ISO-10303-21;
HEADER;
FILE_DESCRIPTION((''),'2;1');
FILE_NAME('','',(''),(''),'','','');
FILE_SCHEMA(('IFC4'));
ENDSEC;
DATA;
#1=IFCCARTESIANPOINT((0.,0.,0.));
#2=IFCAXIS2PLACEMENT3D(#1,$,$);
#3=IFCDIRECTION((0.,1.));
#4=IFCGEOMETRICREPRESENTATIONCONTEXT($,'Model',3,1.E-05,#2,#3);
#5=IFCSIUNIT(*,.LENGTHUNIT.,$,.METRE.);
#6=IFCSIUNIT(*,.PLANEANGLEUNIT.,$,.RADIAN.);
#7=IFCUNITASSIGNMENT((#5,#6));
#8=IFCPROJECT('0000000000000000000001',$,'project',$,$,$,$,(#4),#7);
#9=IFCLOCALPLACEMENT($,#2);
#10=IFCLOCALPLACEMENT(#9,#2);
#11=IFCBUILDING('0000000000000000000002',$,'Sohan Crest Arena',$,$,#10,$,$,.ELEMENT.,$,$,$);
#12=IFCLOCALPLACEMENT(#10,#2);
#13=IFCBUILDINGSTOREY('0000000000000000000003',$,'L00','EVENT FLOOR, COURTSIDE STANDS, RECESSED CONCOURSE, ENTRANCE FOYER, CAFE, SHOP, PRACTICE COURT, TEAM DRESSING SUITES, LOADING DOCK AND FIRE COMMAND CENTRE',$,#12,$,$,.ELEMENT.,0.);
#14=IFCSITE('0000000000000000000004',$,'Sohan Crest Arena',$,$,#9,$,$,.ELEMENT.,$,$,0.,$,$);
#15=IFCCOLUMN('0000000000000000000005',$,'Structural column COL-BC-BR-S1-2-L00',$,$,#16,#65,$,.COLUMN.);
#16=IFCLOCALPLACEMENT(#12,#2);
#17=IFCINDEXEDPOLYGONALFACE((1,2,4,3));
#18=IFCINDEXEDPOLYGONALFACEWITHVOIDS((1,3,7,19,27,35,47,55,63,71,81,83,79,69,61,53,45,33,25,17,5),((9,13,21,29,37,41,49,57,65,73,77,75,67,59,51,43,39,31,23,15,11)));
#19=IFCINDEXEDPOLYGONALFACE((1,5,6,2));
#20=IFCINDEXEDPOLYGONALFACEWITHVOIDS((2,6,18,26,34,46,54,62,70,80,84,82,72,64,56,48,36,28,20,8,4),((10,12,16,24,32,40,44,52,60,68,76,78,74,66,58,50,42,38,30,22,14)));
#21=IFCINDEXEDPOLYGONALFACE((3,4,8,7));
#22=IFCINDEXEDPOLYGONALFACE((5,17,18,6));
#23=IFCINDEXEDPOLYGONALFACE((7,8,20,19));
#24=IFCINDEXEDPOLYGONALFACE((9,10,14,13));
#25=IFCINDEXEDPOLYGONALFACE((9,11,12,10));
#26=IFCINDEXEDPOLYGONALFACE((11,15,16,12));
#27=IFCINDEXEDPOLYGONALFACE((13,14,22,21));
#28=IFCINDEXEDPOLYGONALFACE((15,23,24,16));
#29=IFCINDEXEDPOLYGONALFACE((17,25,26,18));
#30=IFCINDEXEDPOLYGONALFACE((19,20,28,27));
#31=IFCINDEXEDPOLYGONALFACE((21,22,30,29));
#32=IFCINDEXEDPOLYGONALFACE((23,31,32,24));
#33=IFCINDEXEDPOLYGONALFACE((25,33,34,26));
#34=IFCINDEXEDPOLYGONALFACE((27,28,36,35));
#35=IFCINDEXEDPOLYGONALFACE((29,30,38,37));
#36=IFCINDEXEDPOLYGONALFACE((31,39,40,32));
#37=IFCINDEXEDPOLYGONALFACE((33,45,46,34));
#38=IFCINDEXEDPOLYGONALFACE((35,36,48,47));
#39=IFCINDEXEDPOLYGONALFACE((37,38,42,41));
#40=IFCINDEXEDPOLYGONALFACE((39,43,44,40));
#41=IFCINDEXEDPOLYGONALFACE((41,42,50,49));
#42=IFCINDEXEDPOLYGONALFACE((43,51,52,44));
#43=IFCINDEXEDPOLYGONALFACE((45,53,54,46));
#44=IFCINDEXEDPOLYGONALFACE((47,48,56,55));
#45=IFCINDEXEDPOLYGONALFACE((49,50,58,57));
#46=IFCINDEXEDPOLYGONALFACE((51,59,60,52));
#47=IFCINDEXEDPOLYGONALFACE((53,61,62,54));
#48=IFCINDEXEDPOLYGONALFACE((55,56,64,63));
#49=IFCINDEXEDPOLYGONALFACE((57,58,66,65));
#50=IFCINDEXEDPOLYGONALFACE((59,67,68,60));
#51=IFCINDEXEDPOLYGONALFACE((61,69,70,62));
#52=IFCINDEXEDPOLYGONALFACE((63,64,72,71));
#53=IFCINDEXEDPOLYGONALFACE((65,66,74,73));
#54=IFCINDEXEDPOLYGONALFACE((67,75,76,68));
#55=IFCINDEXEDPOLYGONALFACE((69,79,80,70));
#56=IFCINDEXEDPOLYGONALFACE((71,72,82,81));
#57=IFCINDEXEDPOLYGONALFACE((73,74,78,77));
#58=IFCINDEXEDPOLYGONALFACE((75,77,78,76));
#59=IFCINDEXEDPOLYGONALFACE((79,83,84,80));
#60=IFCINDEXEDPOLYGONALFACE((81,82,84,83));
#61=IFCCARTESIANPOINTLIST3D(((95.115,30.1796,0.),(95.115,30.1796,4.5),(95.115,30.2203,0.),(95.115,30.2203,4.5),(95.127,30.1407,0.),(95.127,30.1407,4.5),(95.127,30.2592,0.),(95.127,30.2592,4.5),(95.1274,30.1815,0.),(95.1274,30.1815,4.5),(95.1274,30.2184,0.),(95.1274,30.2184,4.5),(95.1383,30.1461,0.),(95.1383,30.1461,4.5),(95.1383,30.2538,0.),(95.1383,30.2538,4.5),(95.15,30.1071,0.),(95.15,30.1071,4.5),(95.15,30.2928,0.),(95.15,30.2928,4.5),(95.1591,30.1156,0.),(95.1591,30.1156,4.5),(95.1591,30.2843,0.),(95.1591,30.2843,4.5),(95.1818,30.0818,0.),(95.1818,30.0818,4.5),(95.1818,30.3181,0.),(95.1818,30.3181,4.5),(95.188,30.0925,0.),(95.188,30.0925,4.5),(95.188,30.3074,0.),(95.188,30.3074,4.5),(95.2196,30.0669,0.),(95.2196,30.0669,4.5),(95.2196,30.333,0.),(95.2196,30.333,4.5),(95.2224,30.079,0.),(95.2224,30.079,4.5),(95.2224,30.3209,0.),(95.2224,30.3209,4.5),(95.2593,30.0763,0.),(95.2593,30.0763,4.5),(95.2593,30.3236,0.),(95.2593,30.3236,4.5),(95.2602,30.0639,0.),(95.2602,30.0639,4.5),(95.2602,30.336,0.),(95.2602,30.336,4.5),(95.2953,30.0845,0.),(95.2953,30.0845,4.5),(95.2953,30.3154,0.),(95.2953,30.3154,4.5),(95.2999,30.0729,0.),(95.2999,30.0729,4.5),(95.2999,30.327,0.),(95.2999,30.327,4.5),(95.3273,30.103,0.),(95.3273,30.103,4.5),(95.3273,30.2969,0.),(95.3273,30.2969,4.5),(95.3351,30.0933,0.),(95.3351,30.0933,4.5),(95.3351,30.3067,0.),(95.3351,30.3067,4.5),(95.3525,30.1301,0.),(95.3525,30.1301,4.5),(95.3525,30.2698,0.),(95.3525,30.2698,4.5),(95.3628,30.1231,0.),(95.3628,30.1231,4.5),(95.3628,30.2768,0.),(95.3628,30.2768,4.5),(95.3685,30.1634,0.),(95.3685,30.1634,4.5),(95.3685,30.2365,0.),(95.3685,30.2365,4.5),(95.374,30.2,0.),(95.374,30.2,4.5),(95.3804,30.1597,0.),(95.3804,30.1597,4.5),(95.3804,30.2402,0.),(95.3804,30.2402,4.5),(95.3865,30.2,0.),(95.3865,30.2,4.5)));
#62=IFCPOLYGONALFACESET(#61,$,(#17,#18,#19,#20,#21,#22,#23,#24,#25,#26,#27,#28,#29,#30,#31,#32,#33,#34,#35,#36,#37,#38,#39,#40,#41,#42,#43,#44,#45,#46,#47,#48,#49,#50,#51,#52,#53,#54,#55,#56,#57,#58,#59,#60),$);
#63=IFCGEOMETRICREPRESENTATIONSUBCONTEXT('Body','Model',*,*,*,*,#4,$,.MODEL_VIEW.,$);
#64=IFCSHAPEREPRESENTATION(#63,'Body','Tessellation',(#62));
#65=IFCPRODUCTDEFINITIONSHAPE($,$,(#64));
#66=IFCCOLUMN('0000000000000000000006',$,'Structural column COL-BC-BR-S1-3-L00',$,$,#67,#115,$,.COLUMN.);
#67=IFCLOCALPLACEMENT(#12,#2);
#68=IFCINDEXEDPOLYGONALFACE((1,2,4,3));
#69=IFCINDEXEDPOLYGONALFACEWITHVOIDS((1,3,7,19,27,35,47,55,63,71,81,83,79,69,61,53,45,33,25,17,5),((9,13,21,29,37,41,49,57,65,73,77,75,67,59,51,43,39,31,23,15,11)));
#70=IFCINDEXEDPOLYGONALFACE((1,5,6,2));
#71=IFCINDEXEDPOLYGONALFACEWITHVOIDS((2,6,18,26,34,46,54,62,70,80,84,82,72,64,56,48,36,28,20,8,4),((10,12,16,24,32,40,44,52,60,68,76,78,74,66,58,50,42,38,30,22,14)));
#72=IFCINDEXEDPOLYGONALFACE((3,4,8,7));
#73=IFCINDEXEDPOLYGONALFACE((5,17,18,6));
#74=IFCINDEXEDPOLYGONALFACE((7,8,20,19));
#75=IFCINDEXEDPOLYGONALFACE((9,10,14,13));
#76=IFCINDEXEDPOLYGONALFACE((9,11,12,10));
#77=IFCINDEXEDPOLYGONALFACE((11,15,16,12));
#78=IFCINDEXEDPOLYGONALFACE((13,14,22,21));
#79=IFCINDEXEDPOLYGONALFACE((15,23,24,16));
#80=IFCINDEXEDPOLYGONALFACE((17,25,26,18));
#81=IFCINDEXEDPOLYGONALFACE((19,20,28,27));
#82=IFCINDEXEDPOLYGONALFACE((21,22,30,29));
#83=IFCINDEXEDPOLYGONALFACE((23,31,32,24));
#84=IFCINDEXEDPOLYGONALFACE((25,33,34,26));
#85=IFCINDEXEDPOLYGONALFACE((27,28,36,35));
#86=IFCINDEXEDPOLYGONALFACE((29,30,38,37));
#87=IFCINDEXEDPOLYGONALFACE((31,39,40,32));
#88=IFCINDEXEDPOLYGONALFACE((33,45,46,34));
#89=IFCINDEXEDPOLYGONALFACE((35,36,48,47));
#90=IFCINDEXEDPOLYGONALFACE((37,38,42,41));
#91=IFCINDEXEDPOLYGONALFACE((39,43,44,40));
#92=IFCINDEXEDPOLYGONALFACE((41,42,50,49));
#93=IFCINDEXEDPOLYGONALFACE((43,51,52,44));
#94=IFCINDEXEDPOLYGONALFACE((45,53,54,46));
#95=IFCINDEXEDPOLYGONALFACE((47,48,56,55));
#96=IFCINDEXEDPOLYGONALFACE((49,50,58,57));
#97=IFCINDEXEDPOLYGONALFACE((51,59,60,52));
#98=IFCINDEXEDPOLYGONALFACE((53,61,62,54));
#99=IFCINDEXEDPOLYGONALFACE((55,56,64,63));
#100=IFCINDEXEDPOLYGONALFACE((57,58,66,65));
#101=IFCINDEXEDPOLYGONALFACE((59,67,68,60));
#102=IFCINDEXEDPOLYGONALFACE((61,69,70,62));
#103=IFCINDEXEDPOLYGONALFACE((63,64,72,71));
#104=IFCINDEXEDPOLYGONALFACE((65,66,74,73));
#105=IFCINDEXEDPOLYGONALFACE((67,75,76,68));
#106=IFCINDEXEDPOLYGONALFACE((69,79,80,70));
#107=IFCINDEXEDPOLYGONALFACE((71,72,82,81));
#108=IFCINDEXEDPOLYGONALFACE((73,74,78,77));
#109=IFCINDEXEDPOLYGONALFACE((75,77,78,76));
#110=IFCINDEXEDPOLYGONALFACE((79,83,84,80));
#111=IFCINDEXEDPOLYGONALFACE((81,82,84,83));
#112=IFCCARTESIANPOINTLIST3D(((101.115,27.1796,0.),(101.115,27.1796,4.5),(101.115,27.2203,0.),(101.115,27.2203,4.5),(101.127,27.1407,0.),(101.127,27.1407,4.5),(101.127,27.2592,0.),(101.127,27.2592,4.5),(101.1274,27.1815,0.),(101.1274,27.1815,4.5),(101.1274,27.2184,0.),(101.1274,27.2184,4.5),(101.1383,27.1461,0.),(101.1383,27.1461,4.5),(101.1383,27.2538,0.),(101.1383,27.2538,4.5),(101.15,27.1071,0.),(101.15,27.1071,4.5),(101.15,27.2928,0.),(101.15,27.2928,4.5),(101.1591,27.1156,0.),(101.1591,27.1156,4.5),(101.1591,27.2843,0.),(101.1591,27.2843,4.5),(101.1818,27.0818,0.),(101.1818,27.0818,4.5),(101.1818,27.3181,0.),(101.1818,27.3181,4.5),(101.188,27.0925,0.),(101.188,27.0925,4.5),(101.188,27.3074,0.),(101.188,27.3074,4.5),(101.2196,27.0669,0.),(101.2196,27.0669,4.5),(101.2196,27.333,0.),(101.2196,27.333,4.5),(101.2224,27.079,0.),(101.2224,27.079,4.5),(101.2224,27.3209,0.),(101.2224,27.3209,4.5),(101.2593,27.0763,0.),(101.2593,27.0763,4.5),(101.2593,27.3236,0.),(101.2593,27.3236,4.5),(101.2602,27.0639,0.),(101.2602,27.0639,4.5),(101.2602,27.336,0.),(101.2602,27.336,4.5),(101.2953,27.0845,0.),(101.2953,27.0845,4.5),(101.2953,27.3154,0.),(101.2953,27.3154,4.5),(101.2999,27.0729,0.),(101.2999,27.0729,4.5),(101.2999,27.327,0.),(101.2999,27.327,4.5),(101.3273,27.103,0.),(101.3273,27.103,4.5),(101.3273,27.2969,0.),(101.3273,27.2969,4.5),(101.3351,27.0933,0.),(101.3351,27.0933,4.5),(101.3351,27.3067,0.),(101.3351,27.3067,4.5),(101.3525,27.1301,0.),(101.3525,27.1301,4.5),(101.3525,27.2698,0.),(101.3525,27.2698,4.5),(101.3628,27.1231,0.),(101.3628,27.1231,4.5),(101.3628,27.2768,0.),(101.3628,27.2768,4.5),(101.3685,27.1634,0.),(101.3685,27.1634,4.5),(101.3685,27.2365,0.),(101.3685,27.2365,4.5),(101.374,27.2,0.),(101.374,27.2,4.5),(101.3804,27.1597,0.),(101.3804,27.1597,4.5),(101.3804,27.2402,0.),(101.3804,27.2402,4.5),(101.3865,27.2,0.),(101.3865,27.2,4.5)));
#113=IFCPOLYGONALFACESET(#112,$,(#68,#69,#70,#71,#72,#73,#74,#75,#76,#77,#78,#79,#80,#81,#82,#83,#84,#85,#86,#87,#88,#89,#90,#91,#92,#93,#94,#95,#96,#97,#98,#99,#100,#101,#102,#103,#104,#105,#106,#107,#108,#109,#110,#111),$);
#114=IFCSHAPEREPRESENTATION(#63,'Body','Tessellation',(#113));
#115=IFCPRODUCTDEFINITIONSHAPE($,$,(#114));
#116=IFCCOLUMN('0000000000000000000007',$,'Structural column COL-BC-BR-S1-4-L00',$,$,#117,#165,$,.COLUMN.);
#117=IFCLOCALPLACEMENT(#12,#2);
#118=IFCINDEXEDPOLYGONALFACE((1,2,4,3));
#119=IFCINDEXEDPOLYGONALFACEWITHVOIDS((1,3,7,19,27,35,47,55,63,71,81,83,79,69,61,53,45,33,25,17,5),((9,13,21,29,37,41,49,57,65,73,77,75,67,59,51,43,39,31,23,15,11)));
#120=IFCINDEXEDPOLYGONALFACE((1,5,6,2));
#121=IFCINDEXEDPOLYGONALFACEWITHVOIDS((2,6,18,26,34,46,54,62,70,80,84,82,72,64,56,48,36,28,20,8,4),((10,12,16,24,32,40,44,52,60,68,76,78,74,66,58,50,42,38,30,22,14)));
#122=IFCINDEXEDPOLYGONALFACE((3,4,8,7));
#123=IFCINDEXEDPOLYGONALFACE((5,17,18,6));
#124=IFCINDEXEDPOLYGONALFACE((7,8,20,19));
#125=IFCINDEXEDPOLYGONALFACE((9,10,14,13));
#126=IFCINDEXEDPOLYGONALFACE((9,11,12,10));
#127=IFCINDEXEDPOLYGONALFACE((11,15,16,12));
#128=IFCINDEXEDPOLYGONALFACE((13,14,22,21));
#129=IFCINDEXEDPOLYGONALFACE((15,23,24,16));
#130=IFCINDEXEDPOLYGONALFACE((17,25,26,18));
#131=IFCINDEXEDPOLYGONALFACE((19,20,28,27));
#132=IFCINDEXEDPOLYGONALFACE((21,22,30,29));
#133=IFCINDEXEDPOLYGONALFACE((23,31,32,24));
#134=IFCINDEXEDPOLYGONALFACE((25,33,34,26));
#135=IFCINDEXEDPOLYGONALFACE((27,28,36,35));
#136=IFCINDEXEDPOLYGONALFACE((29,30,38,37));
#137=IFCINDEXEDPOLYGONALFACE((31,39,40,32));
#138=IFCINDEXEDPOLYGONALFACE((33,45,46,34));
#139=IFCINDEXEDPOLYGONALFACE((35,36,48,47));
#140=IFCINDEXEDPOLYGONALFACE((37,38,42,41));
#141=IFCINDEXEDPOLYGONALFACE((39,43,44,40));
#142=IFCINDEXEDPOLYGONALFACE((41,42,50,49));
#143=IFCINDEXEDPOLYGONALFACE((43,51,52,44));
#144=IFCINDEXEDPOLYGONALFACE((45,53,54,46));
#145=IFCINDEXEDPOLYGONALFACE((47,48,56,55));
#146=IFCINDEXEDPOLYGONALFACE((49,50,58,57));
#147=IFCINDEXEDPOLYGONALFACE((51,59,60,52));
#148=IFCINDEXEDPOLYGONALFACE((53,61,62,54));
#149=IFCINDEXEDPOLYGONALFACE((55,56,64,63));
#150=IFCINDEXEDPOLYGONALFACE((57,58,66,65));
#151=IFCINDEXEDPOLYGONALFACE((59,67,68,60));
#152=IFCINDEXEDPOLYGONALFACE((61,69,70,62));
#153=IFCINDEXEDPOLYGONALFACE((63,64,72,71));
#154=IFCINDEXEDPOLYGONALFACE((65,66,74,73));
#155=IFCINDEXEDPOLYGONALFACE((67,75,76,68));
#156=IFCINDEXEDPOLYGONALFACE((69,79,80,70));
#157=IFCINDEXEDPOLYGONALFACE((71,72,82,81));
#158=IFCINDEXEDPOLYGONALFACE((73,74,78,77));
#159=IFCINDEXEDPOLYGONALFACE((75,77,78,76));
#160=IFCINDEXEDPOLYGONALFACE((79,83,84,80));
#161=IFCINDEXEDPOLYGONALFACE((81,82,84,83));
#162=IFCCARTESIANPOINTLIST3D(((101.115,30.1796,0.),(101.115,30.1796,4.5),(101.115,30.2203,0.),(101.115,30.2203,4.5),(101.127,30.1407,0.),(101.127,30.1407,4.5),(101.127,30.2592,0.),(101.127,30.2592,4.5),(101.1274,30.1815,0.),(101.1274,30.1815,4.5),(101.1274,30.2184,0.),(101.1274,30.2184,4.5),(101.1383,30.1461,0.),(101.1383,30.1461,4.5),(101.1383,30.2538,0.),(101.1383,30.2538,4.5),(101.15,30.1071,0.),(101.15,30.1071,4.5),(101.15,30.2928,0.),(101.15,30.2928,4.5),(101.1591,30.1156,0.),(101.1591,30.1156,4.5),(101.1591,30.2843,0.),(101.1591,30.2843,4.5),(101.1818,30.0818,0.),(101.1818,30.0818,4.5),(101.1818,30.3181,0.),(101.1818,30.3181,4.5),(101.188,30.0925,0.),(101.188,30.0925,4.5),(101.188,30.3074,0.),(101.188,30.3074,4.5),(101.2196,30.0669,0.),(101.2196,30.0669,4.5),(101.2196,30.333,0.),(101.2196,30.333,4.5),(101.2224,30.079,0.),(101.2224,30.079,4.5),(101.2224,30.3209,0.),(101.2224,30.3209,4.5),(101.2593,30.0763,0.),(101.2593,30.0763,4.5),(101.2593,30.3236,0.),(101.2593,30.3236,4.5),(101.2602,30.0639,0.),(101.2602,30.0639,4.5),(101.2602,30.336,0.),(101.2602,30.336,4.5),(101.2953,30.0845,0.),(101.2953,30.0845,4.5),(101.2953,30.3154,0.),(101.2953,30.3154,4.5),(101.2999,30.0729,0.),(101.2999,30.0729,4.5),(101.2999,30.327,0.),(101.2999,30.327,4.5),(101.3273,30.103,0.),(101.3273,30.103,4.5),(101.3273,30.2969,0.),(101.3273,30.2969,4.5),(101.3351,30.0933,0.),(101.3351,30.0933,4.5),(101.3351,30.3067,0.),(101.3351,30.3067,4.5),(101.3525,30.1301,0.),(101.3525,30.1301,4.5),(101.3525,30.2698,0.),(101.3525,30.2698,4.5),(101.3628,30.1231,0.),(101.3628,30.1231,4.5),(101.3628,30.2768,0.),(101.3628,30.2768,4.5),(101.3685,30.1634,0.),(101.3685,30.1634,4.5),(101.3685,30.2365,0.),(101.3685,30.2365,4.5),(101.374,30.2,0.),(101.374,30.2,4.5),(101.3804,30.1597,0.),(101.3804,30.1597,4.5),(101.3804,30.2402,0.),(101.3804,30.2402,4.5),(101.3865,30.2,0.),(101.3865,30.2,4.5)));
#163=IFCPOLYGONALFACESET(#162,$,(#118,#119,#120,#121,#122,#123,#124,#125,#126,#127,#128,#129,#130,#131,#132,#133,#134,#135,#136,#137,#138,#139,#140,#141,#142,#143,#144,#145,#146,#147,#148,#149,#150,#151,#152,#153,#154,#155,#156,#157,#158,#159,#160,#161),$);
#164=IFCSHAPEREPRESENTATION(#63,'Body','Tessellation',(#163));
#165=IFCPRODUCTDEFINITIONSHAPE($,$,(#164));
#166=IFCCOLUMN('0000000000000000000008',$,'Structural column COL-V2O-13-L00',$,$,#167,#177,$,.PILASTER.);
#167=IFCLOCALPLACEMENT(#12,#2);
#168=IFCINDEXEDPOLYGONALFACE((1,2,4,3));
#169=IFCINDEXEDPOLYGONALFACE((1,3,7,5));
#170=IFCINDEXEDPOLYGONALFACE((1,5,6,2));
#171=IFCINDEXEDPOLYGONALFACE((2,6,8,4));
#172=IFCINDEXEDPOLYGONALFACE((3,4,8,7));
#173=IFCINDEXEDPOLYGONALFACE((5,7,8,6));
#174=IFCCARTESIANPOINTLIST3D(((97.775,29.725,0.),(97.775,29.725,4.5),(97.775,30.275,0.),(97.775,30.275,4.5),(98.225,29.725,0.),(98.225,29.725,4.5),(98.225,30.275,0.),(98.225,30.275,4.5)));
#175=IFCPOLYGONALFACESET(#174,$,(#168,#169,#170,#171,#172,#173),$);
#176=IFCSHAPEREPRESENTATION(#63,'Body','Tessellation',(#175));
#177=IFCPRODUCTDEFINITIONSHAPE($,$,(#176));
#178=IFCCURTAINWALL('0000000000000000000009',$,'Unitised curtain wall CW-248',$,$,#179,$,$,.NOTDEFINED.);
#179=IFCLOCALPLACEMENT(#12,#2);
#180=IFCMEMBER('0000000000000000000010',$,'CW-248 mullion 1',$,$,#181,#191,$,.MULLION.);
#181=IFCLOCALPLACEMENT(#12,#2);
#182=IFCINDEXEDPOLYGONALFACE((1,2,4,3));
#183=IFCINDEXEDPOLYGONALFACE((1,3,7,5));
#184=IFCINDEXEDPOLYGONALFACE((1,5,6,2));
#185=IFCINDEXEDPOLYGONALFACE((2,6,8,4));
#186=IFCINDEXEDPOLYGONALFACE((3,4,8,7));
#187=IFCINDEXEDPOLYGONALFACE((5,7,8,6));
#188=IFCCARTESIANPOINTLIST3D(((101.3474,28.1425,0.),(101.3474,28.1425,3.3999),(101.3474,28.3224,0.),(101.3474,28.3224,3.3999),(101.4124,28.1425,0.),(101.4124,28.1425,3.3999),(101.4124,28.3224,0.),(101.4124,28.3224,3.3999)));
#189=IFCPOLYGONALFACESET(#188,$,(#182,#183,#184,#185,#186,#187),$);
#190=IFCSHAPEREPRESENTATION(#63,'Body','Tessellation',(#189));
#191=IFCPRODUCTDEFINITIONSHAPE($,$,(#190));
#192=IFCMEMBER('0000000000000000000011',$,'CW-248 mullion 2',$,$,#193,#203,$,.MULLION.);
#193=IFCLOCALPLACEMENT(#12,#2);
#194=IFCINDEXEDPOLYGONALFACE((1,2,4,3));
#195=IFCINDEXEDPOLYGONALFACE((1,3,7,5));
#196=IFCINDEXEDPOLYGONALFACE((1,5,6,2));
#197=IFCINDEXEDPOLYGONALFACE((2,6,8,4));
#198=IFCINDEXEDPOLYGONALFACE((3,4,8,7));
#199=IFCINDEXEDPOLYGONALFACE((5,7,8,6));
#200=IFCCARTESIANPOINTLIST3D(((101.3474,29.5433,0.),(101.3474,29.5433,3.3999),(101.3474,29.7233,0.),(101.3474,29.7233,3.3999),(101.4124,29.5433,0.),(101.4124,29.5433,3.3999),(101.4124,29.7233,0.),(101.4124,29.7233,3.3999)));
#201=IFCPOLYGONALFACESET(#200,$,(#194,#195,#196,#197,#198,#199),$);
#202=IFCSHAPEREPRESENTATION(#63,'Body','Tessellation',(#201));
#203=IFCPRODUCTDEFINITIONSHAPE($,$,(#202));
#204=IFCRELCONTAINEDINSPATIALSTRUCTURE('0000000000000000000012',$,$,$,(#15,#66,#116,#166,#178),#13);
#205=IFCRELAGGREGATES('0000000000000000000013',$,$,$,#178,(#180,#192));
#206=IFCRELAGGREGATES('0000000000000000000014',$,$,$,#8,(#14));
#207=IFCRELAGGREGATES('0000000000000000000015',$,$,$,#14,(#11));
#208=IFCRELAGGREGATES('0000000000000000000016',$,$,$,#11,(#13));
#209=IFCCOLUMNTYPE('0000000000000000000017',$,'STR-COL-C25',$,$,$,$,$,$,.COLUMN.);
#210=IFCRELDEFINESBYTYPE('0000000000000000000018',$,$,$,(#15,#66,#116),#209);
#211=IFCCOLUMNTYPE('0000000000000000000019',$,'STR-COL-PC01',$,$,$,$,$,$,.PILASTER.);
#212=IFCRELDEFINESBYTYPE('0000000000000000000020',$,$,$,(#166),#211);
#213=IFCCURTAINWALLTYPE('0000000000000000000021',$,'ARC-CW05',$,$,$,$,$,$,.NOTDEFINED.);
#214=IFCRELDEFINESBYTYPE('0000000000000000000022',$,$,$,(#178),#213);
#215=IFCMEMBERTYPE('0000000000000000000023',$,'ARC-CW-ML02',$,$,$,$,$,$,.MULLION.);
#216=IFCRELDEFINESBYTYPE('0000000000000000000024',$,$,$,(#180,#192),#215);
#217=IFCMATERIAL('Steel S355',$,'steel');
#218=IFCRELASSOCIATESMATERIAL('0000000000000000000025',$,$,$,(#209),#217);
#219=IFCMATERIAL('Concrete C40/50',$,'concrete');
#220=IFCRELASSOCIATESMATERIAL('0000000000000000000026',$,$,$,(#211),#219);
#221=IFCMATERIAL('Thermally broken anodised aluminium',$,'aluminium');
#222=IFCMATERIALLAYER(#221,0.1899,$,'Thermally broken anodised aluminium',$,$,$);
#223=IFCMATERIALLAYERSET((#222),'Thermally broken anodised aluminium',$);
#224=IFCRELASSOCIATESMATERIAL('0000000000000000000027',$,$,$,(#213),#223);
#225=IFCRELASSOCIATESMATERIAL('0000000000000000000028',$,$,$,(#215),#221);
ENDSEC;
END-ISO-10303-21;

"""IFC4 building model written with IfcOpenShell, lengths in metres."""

from ifc_helpers import new_model, si_unit, direction, frame, origin, origin_2d, place, context, subcontext, project, spatial, rectangle, hollow_circle, extrude, material, layer, layer_set, material_profile, profile_set, type_object, element, aggregate, save


model = new_model("IFC4")

# Units and contexts
model_context = context("Model", 3, precision=1e-05, world=origin(), true_north=direction((0.0, 1.0)))
body_context = subcontext(model_context, "Body", "Model", "MODEL_VIEW")
ifc_project = project(units=[si_unit("LENGTHUNIT", "METRE"), si_unit("PLANEANGLEUNIT", "RADIAN")], contexts=[model_context])

# Site, building, storey
site_placement = place(None, origin())
site = spatial("IfcSite", under=ifc_project, at=site_placement, Name="Sohan Crest Arena", CompositionType="ELEMENT", RefElevation=0.0)
building_placement = place(site_placement, origin())
building = spatial("IfcBuilding", under=site, at=building_placement, Name="Sohan Crest Arena", CompositionType="ELEMENT")
storey_placement = place(building_placement, origin())
storey = spatial("IfcBuildingStorey", under=building, at=storey_placement, Name="L00", Description="EVENT FLOOR, COURTSIDE STANDS, RECESSED CONCOURSE, ENTRANCE FOYER, CAFE, SHOP, PRACTICE COURT, TEAM DRESSING SUITES, LOADING DOCK AND FIRE COMMAND CENTRE", CompositionType="ELEMENT", Elevation=0.0)

# Columns
ifc_material_1 = material(Name="Steel S355", Category="steel")
ifc_material_profile_1 = material_profile(ifc_material_1, hollow_circle(Radius=0.1365, WallThickness=0.0125, at=origin_2d()), Name="CHS 273x12.5")
ifc_profile_set_1 = profile_set([ifc_material_profile_1], Name="Steel S355")
column_type_1 = type_object("IfcColumnType", Name="STR-COL-C25", PredefinedType="COLUMN", material=ifc_profile_set_1)
for number, where, z_axis, x_axis, name in (
    (1, (95.25, 30.2, 0.0), (0.0, 0.0, 1.0), (1.0, 0.0, 0.0), "Structural column COL-BC-BR-S1-2-L00"),
    (2, (101.25, 27.2, 0.0), (0.0, 0.0, 1.0), (1.0, 0.0, 0.0), "Structural column COL-BC-BR-S1-3-L00"),
    (3, (101.25, 30.2, 0.0), (0.0, 0.0, 1.0), (1.0, 0.0, 0.0), "Structural column COL-BC-BR-S1-4-L00"),
):
    element("IfcColumn", number, at=place(storey_placement, frame(where, z_axis=z_axis, x_axis=x_axis)), inside=storey, type_object=column_type_1, Name=name, PredefinedType="COLUMN", context=body_context, shape_type="SweptSolid", body=[
        extrude(hollow_circle(Radius=0.1365, WallThickness=0.0125, at=origin_2d()), origin(), (0.0, 0.0, 1.0), 4.5),
    ])
ifc_material_2 = material(Name="Concrete C40/50", Category="concrete")
ifc_material_profile_2 = material_profile(ifc_material_2, rectangle(XDim=0.55, YDim=0.45, at=origin_2d()), Name="RC 550x450")
ifc_profile_set_2 = profile_set([ifc_material_profile_2], Name="Concrete C40/50")
column_type_2 = type_object("IfcColumnType", Name="STR-COL-PC01", PredefinedType="PILASTER", material=ifc_profile_set_2)
column_placement = place(storey_placement, frame((98.0, 30.0, 0.0), z_axis=(0.0, 0.0, 1.0), x_axis=(0.0, 1.0, 0.0)))
element("IfcColumn", 4, at=column_placement, inside=storey, type_object=column_type_2, Name="Structural column COL-V2O-13-L00", PredefinedType="PILASTER", context=body_context, shape_type="SweptSolid", body=[
    extrude(rectangle(XDim=0.55, YDim=0.45, at=origin_2d()), origin(), (0.0, 0.0, 1.0), 4.5),
])

# Curtain wall, members
ifc_material_3 = material(Name="Thermally broken anodised aluminium", Category="aluminium")
ifc_layer_1 = layer(ifc_material_3, 0.1899, Name="Thermally broken anodised aluminium")
ifc_layer_set_1 = layer_set([ifc_layer_1], Name="Thermally broken anodised aluminium")
curtain_wall_type = type_object("IfcCurtainWallType", Name="ARC-CW05", PredefinedType="NOTDEFINED", material=ifc_layer_set_1)
curtain_wall_1_placement = place(storey_placement, origin())
curtain_wall_1 = element("IfcCurtainWall", 5, at=curtain_wall_1_placement, inside=storey, type_object=curtain_wall_type, Name="Unitised curtain wall CW-248", PredefinedType="NOTDEFINED")
ifc_material_profile_3 = material_profile(ifc_material_3, rectangle(XDim=0.0649, YDim=0.1799, at=origin_2d()), Name="ALU-MULL 65x180")
ifc_profile_set_3 = profile_set([ifc_material_profile_3], Name="Thermally broken anodised aluminium")
member_type_1 = type_object("IfcMemberType", Name="ARC-CW-ML02", PredefinedType="MULLION", material=ifc_profile_set_3)
member_1_placement = place(storey_placement, frame((101.3799, 28.2324, 0.0), z_axis=(0.0, 0.0, 1.0), x_axis=(-1.0, 0.0, 0.0)))
member_1 = element("IfcMember", 6, at=member_1_placement, type_object=member_type_1, Name="CW-248 mullion 1", PredefinedType="MULLION", context=body_context, shape_type="SweptSolid", body=[
    extrude(rectangle(XDim=0.0649, YDim=0.1799, at=origin_2d()), origin(), (0.0, 0.0, 1.0), 3.3999),
])
member_2_placement = place(storey_placement, frame((101.3799, 29.6333, 0.0), z_axis=(0.0, 0.0, 1.0), x_axis=(-1.0, 0.0, 0.0)))
member_2 = element("IfcMember", 7, at=member_2_placement, type_object=member_type_1, Name="CW-248 mullion 2", PredefinedType="MULLION", context=body_context, shape_type="SweptSolid", body=[
    extrude(rectangle(XDim=0.0649, YDim=0.1799, at=origin_2d()), origin(), (0.0, 0.0, 1.0), 3.3999),
])

aggregate(curtain_wall_1, [member_1, member_2])

save(model, "model.ifc")
